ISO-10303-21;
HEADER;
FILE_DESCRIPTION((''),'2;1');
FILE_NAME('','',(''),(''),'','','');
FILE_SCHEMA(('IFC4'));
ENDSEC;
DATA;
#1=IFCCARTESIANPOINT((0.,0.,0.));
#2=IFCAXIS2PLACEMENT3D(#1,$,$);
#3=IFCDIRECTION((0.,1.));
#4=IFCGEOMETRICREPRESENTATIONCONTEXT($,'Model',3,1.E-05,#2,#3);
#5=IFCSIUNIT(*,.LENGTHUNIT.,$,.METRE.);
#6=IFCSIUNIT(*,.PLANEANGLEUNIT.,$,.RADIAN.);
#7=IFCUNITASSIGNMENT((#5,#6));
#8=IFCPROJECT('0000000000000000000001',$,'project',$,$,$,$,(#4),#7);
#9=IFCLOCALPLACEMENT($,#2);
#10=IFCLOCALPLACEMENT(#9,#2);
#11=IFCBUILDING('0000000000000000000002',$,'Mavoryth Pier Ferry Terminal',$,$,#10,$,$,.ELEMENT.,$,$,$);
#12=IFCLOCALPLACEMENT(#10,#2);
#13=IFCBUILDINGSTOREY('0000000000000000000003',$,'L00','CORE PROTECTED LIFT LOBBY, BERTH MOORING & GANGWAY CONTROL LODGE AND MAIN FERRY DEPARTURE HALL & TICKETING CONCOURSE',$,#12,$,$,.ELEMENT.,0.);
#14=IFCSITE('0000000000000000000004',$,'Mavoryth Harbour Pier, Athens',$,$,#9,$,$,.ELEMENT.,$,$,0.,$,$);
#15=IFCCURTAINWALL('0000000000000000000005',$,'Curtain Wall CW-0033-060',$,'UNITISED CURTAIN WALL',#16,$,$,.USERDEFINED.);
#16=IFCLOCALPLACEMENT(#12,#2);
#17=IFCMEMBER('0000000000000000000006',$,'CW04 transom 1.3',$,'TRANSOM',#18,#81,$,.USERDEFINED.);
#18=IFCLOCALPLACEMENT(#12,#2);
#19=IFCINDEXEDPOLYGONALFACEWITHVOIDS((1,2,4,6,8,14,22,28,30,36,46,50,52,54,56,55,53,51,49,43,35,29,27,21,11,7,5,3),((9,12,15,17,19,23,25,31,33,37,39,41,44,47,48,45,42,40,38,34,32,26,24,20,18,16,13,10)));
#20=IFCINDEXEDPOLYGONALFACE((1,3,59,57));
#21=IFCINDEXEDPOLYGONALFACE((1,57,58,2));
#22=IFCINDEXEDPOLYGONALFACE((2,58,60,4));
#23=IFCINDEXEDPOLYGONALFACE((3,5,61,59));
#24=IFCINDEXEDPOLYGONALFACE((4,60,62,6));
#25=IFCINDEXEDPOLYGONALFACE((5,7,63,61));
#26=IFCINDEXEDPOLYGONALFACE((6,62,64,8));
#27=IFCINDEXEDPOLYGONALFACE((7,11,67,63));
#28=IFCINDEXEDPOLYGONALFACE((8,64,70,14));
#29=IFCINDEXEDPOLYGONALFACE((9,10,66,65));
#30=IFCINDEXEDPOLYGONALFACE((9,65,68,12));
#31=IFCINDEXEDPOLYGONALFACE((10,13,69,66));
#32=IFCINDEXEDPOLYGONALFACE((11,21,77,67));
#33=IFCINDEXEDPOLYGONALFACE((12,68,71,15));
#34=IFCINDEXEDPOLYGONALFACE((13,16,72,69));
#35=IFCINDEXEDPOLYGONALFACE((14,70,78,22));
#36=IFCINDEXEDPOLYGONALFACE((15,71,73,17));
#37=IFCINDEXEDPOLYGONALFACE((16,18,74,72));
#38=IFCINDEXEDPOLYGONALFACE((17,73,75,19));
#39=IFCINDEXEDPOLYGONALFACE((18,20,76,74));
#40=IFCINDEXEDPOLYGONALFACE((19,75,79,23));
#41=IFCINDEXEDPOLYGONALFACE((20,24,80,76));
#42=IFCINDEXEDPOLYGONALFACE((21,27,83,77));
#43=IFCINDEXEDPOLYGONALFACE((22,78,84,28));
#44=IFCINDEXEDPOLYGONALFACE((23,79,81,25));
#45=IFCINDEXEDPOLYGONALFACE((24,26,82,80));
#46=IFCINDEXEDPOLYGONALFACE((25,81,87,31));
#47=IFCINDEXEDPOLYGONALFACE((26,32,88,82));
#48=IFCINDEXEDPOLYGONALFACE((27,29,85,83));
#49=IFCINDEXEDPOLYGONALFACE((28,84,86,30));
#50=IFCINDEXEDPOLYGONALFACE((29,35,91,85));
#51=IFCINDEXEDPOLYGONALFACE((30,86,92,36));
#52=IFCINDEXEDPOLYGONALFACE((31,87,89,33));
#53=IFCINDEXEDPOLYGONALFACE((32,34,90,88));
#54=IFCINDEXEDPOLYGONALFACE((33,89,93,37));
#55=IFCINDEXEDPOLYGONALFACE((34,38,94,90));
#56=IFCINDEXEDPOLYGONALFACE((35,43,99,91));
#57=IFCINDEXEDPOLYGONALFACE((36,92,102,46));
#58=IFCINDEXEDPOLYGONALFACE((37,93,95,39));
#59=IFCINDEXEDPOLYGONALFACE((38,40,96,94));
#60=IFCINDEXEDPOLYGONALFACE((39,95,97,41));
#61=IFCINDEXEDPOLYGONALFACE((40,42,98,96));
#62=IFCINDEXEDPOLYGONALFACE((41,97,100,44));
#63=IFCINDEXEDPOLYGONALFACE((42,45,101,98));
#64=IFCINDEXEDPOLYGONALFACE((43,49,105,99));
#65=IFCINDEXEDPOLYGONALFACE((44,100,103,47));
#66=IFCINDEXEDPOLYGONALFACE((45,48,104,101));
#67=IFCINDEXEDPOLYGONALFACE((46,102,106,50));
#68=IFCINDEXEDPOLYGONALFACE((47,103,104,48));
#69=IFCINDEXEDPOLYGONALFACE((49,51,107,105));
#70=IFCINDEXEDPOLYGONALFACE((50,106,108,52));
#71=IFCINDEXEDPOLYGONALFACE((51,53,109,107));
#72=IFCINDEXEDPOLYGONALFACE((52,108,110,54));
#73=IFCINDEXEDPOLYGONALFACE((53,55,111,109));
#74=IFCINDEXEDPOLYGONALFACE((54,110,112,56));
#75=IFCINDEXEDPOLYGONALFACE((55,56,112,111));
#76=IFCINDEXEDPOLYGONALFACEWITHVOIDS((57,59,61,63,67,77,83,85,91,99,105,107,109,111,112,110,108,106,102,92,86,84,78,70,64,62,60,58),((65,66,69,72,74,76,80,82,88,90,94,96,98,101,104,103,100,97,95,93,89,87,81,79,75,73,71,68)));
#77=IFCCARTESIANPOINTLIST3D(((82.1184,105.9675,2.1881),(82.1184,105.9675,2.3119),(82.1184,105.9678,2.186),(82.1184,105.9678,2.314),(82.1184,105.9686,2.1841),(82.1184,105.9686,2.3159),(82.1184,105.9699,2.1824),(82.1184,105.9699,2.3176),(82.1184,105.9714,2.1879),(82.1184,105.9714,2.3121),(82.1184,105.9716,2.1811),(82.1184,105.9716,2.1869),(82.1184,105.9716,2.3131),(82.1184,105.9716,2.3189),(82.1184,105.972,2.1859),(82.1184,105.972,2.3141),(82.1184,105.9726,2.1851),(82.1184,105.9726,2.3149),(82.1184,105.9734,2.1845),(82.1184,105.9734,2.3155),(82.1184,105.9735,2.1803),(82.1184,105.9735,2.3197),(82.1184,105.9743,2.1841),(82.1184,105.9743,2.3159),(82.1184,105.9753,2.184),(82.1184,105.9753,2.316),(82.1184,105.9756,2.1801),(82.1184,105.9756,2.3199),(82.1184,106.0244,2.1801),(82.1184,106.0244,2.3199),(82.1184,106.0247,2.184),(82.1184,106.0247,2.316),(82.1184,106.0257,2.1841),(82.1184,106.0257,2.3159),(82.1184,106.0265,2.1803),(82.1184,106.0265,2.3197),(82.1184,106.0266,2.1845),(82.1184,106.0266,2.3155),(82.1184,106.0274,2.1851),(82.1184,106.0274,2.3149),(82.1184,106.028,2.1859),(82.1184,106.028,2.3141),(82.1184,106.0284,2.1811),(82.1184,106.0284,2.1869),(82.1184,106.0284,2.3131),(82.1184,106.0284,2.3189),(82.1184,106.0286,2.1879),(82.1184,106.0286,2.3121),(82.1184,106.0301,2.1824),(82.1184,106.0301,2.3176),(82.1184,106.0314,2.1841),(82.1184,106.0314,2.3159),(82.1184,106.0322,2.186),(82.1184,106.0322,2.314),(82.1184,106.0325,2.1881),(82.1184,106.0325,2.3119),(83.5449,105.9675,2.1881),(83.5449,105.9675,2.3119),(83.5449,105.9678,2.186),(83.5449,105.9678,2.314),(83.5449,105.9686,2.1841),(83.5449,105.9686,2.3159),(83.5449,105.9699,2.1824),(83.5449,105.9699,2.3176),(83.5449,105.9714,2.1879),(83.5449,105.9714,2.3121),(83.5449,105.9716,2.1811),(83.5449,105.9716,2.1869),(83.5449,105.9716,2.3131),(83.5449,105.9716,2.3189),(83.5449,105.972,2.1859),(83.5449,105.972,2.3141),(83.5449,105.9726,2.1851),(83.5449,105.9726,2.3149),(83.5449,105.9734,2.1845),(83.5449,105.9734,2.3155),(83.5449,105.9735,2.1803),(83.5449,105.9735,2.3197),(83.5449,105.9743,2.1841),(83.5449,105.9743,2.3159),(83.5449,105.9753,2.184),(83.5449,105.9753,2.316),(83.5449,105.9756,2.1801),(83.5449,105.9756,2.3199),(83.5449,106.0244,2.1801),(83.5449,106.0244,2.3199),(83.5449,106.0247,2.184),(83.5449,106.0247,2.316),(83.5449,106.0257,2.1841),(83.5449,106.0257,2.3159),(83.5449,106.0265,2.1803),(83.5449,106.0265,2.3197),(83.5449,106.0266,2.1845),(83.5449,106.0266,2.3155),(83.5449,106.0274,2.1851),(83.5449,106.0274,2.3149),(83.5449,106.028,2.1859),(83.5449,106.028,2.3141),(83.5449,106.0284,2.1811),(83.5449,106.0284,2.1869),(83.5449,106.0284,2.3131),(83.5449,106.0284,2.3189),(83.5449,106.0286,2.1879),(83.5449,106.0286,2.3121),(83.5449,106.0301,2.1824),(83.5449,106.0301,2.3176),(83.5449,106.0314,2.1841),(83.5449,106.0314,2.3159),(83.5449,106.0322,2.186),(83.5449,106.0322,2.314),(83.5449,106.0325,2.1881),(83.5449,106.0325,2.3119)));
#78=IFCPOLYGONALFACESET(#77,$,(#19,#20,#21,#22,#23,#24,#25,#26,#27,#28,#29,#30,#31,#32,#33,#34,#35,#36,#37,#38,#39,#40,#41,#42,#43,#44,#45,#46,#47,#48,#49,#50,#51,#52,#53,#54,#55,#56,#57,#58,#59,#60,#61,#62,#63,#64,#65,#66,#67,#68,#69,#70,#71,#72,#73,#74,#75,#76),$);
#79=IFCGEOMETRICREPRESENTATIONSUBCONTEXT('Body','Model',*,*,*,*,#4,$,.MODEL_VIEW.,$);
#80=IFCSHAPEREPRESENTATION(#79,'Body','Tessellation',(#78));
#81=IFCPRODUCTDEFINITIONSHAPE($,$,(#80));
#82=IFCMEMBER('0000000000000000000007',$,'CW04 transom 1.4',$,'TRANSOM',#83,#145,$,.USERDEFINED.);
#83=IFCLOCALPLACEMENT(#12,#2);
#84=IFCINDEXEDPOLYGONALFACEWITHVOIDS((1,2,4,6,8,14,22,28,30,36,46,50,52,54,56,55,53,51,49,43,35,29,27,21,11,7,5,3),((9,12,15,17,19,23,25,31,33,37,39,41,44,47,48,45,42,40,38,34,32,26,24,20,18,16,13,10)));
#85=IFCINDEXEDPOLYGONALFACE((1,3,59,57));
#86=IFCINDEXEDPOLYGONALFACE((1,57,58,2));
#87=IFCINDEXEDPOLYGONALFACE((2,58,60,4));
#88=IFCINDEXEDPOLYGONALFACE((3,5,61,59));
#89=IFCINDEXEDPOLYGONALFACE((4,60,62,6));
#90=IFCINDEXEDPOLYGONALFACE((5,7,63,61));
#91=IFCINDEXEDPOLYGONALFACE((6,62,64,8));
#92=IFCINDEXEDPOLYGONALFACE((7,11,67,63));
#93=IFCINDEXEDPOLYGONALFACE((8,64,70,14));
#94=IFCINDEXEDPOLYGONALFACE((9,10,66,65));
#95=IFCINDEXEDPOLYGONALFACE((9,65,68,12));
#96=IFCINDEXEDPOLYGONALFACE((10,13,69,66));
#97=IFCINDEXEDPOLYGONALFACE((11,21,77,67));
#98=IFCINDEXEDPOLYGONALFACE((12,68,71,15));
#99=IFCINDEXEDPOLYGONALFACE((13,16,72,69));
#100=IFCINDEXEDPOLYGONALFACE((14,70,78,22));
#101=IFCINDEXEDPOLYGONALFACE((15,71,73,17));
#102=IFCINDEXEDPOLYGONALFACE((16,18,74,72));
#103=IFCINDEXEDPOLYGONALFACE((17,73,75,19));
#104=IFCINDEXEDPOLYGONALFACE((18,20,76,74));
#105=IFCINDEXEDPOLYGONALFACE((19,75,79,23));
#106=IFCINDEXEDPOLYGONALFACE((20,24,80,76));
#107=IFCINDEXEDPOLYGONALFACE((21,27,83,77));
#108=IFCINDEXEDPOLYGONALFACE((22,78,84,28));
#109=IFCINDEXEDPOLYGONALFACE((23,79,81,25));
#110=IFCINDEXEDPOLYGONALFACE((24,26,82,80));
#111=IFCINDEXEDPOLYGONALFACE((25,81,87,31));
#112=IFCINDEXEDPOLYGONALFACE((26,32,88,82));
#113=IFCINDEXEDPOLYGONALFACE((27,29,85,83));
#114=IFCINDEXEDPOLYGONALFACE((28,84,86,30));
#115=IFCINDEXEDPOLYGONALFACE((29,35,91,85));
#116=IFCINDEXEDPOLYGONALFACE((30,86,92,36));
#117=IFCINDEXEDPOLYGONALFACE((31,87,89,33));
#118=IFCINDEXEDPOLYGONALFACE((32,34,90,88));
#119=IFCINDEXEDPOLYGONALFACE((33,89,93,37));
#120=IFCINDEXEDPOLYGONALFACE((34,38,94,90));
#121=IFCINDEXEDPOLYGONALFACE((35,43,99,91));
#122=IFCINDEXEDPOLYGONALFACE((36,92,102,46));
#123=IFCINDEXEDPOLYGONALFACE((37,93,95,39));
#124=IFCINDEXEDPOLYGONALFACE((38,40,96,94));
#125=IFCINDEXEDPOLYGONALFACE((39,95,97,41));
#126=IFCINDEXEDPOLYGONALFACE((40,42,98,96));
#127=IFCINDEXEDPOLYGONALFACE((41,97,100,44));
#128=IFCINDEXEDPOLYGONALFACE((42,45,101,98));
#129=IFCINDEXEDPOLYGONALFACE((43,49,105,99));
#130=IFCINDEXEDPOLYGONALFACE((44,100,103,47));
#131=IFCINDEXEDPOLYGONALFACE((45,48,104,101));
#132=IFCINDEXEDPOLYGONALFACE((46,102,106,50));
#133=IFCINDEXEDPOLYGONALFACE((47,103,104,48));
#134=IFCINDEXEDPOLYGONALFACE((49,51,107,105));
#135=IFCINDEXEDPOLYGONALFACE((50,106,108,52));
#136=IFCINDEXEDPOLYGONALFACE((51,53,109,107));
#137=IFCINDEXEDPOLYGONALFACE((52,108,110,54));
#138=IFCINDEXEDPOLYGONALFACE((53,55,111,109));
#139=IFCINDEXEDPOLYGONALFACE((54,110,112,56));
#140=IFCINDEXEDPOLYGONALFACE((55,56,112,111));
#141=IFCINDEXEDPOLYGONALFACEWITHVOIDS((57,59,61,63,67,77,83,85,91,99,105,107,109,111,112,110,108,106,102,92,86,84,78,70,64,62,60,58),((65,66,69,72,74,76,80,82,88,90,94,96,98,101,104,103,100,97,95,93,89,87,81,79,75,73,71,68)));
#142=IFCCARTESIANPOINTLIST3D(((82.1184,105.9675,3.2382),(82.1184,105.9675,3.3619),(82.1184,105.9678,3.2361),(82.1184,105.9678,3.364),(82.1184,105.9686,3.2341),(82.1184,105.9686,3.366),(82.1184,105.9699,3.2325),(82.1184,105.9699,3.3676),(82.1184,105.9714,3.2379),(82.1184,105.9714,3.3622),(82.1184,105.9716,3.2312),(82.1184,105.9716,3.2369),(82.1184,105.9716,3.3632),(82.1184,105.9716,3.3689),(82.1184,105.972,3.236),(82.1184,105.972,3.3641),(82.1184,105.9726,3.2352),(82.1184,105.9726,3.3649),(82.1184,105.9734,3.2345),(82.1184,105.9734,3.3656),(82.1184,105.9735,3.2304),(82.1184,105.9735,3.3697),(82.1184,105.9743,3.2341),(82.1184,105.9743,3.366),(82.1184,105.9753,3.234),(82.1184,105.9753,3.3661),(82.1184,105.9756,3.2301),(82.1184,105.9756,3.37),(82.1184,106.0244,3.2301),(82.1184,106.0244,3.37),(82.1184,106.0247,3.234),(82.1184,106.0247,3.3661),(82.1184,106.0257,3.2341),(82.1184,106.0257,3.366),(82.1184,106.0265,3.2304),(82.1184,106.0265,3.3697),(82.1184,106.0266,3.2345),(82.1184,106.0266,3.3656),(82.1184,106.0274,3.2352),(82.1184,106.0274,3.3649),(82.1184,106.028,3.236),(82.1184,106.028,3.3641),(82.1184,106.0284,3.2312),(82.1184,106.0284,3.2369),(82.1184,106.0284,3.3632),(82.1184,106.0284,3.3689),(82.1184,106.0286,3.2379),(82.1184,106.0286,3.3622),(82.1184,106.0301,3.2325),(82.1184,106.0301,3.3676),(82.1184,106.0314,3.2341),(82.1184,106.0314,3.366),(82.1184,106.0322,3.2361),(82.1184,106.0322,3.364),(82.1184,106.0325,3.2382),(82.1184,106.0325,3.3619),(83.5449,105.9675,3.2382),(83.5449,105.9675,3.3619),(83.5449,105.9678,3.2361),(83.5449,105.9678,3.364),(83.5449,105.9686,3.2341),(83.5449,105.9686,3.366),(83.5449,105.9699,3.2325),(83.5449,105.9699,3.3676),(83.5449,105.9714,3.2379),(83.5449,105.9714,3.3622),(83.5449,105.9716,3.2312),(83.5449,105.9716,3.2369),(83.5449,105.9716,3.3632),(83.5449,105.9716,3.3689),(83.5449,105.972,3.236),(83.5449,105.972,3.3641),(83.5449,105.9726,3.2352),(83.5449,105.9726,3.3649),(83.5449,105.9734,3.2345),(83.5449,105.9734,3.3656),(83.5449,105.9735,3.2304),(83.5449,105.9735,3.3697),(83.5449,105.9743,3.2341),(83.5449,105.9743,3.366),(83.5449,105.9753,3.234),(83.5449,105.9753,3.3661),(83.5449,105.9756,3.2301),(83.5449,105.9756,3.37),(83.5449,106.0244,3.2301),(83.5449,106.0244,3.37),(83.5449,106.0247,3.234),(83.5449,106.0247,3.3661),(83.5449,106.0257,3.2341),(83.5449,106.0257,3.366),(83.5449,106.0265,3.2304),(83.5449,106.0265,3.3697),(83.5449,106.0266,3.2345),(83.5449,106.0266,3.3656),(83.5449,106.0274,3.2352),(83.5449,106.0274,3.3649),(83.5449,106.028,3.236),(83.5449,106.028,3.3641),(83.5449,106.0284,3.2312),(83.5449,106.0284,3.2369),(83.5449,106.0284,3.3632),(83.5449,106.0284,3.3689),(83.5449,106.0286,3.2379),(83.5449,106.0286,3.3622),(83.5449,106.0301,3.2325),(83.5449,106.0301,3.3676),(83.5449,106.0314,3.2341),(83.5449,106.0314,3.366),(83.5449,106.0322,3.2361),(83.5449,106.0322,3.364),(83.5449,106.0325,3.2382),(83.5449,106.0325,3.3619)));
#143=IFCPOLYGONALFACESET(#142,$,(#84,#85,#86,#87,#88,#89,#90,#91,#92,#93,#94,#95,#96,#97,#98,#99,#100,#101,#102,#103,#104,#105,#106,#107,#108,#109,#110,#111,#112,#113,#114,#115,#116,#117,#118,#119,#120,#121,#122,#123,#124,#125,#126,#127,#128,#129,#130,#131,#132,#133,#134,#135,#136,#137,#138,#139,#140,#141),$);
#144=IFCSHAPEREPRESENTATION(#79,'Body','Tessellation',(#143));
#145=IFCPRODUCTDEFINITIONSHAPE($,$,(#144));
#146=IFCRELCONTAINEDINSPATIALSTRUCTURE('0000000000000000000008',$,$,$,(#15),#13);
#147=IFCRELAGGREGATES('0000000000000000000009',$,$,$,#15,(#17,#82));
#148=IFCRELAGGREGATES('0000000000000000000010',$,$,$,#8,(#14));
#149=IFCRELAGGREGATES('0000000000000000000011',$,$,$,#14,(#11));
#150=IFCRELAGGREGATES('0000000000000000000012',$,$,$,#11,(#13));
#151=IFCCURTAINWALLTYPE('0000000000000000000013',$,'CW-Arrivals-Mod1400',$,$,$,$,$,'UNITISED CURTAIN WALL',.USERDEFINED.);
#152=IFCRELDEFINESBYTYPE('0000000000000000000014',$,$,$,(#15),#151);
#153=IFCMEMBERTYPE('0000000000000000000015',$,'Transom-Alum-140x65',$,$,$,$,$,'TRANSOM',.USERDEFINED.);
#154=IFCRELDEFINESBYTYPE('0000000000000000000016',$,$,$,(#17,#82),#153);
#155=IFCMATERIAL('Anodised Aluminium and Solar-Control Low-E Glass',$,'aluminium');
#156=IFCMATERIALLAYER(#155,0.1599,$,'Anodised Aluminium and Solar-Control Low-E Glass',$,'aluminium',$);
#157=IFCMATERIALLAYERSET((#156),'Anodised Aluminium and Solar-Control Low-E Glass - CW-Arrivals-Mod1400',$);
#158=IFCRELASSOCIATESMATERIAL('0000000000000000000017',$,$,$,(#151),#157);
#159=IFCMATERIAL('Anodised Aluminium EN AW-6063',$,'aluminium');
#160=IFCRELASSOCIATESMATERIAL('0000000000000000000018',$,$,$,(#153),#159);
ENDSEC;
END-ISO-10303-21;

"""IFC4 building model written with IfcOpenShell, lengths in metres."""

from ifc_helpers import new_model, si_unit, direction, frame, origin, origin_2d, place, context, subcontext, project, spatial, hollow_rectangle, extrude, material, layer, layer_set, material_profile, profile_set, type_object, element, aggregate, save


model = new_model("IFC4")

# Units and contexts
model_context = context("Model", 3, precision=1e-05, world=origin(), true_north=direction((0.0, 1.0)))
body_context = subcontext(model_context, "Body", "Model", "MODEL_VIEW")
ifc_project = project(units=[si_unit("LENGTHUNIT", "METRE"), si_unit("PLANEANGLEUNIT", "RADIAN")], contexts=[model_context])

# Site, building, storey
site_placement = place(None, origin())
site = spatial("IfcSite", under=ifc_project, at=site_placement, Name="Mavoryth Harbour Pier, Athens", CompositionType="ELEMENT", RefElevation=0.0)
building_placement = place(site_placement, origin())
building = spatial("IfcBuilding", under=site, at=building_placement, Name="Mavoryth Pier Ferry Terminal", CompositionType="ELEMENT")
storey_placement = place(building_placement, origin())
storey = spatial("IfcBuildingStorey", under=building, at=storey_placement, Name="L00", Description="CORE PROTECTED LIFT LOBBY, BERTH MOORING & GANGWAY CONTROL LODGE AND MAIN FERRY DEPARTURE HALL & TICKETING CONCOURSE", CompositionType="ELEMENT", Elevation=0.0)

# Curtain wall
ifc_material_1 = material(Name="Anodised Aluminium and Solar-Control Low-E Glass", Category="aluminium")
ifc_layer_1 = layer(ifc_material_1, 0.1599, Name="Anodised Aluminium and Solar-Control Low-E Glass", Category="aluminium")
ifc_layer_set_1 = layer_set([ifc_layer_1], Name="Anodised Aluminium and Solar-Control Low-E Glass - CW-Arrivals-Mod1400")
curtain_wall_type = type_object("IfcCurtainWallType", Name="CW-Arrivals-Mod1400", ElementType="UNITISED CURTAIN WALL", PredefinedType="USERDEFINED", material=ifc_layer_set_1)
curtain_wall_1_placement = place(storey_placement, origin())
curtain_wall_1 = element("IfcCurtainWall", 1, at=curtain_wall_1_placement, inside=storey, type_object=curtain_wall_type, Name="Curtain Wall CW-0033-060", ObjectType="UNITISED CURTAIN WALL", PredefinedType="USERDEFINED")
ifc_material_2 = material(Name="Anodised Aluminium EN AW-6063", Category="aluminium")

# Members
ifc_material_profile_1 = material_profile(ifc_material_2, hollow_rectangle(XDim=0.0649, YDim=0.1399, WallThickness=0.0039, InnerFilletRadius=0.0039, OuterFilletRadius=0.0081, at=origin_2d()), Name="AL-TRAN 140x65x4", Category="aluminium")
ifc_profile_set_1 = profile_set([ifc_material_profile_1], Name="Anodised Aluminium EN AW-6063 - AL-TRAN 140x65x4")
member_type_1 = type_object("IfcMemberType", Name="Transom-Alum-140x65", ElementType="TRANSOM", PredefinedType="USERDEFINED", material=ifc_profile_set_1)
member_1_placement = place(storey_placement, frame((83.5449, 106.0, 2.25), z_axis=(-1.0, 0.0, 0.0), x_axis=(0.0, -1.0, 0.0)))
member_1 = element("IfcMember", 2, at=member_1_placement, type_object=member_type_1, Name="CW04 transom 1.3", ObjectType="TRANSOM", PredefinedType="USERDEFINED", context=body_context, shape_type="SweptSolid", body=[
    extrude(hollow_rectangle(XDim=0.0649, YDim=0.1399, WallThickness=0.0039, InnerFilletRadius=0.0039, OuterFilletRadius=0.0081, at=origin_2d()), origin(), (0.0, 0.0, 1.0), 1.4265),
])
member_2_placement = place(storey_placement, frame((83.5449, 106.0, 3.3), z_axis=(-1.0, 0.0, 0.0), x_axis=(0.0, -1.0, 0.0)))
member_2 = element("IfcMember", 3, at=member_2_placement, type_object=member_type_1, Name="CW04 transom 1.4", ObjectType="TRANSOM", PredefinedType="USERDEFINED", context=body_context, shape_type="SweptSolid", body=[
    extrude(hollow_rectangle(XDim=0.0649, YDim=0.1399, WallThickness=0.0039, InnerFilletRadius=0.0039, OuterFilletRadius=0.0081, at=origin_2d()), origin(), (0.0, 0.0, 1.0), 1.4265),
])

aggregate(curtain_wall_1, [member_1, member_2])

save(model, "model.ifc")
